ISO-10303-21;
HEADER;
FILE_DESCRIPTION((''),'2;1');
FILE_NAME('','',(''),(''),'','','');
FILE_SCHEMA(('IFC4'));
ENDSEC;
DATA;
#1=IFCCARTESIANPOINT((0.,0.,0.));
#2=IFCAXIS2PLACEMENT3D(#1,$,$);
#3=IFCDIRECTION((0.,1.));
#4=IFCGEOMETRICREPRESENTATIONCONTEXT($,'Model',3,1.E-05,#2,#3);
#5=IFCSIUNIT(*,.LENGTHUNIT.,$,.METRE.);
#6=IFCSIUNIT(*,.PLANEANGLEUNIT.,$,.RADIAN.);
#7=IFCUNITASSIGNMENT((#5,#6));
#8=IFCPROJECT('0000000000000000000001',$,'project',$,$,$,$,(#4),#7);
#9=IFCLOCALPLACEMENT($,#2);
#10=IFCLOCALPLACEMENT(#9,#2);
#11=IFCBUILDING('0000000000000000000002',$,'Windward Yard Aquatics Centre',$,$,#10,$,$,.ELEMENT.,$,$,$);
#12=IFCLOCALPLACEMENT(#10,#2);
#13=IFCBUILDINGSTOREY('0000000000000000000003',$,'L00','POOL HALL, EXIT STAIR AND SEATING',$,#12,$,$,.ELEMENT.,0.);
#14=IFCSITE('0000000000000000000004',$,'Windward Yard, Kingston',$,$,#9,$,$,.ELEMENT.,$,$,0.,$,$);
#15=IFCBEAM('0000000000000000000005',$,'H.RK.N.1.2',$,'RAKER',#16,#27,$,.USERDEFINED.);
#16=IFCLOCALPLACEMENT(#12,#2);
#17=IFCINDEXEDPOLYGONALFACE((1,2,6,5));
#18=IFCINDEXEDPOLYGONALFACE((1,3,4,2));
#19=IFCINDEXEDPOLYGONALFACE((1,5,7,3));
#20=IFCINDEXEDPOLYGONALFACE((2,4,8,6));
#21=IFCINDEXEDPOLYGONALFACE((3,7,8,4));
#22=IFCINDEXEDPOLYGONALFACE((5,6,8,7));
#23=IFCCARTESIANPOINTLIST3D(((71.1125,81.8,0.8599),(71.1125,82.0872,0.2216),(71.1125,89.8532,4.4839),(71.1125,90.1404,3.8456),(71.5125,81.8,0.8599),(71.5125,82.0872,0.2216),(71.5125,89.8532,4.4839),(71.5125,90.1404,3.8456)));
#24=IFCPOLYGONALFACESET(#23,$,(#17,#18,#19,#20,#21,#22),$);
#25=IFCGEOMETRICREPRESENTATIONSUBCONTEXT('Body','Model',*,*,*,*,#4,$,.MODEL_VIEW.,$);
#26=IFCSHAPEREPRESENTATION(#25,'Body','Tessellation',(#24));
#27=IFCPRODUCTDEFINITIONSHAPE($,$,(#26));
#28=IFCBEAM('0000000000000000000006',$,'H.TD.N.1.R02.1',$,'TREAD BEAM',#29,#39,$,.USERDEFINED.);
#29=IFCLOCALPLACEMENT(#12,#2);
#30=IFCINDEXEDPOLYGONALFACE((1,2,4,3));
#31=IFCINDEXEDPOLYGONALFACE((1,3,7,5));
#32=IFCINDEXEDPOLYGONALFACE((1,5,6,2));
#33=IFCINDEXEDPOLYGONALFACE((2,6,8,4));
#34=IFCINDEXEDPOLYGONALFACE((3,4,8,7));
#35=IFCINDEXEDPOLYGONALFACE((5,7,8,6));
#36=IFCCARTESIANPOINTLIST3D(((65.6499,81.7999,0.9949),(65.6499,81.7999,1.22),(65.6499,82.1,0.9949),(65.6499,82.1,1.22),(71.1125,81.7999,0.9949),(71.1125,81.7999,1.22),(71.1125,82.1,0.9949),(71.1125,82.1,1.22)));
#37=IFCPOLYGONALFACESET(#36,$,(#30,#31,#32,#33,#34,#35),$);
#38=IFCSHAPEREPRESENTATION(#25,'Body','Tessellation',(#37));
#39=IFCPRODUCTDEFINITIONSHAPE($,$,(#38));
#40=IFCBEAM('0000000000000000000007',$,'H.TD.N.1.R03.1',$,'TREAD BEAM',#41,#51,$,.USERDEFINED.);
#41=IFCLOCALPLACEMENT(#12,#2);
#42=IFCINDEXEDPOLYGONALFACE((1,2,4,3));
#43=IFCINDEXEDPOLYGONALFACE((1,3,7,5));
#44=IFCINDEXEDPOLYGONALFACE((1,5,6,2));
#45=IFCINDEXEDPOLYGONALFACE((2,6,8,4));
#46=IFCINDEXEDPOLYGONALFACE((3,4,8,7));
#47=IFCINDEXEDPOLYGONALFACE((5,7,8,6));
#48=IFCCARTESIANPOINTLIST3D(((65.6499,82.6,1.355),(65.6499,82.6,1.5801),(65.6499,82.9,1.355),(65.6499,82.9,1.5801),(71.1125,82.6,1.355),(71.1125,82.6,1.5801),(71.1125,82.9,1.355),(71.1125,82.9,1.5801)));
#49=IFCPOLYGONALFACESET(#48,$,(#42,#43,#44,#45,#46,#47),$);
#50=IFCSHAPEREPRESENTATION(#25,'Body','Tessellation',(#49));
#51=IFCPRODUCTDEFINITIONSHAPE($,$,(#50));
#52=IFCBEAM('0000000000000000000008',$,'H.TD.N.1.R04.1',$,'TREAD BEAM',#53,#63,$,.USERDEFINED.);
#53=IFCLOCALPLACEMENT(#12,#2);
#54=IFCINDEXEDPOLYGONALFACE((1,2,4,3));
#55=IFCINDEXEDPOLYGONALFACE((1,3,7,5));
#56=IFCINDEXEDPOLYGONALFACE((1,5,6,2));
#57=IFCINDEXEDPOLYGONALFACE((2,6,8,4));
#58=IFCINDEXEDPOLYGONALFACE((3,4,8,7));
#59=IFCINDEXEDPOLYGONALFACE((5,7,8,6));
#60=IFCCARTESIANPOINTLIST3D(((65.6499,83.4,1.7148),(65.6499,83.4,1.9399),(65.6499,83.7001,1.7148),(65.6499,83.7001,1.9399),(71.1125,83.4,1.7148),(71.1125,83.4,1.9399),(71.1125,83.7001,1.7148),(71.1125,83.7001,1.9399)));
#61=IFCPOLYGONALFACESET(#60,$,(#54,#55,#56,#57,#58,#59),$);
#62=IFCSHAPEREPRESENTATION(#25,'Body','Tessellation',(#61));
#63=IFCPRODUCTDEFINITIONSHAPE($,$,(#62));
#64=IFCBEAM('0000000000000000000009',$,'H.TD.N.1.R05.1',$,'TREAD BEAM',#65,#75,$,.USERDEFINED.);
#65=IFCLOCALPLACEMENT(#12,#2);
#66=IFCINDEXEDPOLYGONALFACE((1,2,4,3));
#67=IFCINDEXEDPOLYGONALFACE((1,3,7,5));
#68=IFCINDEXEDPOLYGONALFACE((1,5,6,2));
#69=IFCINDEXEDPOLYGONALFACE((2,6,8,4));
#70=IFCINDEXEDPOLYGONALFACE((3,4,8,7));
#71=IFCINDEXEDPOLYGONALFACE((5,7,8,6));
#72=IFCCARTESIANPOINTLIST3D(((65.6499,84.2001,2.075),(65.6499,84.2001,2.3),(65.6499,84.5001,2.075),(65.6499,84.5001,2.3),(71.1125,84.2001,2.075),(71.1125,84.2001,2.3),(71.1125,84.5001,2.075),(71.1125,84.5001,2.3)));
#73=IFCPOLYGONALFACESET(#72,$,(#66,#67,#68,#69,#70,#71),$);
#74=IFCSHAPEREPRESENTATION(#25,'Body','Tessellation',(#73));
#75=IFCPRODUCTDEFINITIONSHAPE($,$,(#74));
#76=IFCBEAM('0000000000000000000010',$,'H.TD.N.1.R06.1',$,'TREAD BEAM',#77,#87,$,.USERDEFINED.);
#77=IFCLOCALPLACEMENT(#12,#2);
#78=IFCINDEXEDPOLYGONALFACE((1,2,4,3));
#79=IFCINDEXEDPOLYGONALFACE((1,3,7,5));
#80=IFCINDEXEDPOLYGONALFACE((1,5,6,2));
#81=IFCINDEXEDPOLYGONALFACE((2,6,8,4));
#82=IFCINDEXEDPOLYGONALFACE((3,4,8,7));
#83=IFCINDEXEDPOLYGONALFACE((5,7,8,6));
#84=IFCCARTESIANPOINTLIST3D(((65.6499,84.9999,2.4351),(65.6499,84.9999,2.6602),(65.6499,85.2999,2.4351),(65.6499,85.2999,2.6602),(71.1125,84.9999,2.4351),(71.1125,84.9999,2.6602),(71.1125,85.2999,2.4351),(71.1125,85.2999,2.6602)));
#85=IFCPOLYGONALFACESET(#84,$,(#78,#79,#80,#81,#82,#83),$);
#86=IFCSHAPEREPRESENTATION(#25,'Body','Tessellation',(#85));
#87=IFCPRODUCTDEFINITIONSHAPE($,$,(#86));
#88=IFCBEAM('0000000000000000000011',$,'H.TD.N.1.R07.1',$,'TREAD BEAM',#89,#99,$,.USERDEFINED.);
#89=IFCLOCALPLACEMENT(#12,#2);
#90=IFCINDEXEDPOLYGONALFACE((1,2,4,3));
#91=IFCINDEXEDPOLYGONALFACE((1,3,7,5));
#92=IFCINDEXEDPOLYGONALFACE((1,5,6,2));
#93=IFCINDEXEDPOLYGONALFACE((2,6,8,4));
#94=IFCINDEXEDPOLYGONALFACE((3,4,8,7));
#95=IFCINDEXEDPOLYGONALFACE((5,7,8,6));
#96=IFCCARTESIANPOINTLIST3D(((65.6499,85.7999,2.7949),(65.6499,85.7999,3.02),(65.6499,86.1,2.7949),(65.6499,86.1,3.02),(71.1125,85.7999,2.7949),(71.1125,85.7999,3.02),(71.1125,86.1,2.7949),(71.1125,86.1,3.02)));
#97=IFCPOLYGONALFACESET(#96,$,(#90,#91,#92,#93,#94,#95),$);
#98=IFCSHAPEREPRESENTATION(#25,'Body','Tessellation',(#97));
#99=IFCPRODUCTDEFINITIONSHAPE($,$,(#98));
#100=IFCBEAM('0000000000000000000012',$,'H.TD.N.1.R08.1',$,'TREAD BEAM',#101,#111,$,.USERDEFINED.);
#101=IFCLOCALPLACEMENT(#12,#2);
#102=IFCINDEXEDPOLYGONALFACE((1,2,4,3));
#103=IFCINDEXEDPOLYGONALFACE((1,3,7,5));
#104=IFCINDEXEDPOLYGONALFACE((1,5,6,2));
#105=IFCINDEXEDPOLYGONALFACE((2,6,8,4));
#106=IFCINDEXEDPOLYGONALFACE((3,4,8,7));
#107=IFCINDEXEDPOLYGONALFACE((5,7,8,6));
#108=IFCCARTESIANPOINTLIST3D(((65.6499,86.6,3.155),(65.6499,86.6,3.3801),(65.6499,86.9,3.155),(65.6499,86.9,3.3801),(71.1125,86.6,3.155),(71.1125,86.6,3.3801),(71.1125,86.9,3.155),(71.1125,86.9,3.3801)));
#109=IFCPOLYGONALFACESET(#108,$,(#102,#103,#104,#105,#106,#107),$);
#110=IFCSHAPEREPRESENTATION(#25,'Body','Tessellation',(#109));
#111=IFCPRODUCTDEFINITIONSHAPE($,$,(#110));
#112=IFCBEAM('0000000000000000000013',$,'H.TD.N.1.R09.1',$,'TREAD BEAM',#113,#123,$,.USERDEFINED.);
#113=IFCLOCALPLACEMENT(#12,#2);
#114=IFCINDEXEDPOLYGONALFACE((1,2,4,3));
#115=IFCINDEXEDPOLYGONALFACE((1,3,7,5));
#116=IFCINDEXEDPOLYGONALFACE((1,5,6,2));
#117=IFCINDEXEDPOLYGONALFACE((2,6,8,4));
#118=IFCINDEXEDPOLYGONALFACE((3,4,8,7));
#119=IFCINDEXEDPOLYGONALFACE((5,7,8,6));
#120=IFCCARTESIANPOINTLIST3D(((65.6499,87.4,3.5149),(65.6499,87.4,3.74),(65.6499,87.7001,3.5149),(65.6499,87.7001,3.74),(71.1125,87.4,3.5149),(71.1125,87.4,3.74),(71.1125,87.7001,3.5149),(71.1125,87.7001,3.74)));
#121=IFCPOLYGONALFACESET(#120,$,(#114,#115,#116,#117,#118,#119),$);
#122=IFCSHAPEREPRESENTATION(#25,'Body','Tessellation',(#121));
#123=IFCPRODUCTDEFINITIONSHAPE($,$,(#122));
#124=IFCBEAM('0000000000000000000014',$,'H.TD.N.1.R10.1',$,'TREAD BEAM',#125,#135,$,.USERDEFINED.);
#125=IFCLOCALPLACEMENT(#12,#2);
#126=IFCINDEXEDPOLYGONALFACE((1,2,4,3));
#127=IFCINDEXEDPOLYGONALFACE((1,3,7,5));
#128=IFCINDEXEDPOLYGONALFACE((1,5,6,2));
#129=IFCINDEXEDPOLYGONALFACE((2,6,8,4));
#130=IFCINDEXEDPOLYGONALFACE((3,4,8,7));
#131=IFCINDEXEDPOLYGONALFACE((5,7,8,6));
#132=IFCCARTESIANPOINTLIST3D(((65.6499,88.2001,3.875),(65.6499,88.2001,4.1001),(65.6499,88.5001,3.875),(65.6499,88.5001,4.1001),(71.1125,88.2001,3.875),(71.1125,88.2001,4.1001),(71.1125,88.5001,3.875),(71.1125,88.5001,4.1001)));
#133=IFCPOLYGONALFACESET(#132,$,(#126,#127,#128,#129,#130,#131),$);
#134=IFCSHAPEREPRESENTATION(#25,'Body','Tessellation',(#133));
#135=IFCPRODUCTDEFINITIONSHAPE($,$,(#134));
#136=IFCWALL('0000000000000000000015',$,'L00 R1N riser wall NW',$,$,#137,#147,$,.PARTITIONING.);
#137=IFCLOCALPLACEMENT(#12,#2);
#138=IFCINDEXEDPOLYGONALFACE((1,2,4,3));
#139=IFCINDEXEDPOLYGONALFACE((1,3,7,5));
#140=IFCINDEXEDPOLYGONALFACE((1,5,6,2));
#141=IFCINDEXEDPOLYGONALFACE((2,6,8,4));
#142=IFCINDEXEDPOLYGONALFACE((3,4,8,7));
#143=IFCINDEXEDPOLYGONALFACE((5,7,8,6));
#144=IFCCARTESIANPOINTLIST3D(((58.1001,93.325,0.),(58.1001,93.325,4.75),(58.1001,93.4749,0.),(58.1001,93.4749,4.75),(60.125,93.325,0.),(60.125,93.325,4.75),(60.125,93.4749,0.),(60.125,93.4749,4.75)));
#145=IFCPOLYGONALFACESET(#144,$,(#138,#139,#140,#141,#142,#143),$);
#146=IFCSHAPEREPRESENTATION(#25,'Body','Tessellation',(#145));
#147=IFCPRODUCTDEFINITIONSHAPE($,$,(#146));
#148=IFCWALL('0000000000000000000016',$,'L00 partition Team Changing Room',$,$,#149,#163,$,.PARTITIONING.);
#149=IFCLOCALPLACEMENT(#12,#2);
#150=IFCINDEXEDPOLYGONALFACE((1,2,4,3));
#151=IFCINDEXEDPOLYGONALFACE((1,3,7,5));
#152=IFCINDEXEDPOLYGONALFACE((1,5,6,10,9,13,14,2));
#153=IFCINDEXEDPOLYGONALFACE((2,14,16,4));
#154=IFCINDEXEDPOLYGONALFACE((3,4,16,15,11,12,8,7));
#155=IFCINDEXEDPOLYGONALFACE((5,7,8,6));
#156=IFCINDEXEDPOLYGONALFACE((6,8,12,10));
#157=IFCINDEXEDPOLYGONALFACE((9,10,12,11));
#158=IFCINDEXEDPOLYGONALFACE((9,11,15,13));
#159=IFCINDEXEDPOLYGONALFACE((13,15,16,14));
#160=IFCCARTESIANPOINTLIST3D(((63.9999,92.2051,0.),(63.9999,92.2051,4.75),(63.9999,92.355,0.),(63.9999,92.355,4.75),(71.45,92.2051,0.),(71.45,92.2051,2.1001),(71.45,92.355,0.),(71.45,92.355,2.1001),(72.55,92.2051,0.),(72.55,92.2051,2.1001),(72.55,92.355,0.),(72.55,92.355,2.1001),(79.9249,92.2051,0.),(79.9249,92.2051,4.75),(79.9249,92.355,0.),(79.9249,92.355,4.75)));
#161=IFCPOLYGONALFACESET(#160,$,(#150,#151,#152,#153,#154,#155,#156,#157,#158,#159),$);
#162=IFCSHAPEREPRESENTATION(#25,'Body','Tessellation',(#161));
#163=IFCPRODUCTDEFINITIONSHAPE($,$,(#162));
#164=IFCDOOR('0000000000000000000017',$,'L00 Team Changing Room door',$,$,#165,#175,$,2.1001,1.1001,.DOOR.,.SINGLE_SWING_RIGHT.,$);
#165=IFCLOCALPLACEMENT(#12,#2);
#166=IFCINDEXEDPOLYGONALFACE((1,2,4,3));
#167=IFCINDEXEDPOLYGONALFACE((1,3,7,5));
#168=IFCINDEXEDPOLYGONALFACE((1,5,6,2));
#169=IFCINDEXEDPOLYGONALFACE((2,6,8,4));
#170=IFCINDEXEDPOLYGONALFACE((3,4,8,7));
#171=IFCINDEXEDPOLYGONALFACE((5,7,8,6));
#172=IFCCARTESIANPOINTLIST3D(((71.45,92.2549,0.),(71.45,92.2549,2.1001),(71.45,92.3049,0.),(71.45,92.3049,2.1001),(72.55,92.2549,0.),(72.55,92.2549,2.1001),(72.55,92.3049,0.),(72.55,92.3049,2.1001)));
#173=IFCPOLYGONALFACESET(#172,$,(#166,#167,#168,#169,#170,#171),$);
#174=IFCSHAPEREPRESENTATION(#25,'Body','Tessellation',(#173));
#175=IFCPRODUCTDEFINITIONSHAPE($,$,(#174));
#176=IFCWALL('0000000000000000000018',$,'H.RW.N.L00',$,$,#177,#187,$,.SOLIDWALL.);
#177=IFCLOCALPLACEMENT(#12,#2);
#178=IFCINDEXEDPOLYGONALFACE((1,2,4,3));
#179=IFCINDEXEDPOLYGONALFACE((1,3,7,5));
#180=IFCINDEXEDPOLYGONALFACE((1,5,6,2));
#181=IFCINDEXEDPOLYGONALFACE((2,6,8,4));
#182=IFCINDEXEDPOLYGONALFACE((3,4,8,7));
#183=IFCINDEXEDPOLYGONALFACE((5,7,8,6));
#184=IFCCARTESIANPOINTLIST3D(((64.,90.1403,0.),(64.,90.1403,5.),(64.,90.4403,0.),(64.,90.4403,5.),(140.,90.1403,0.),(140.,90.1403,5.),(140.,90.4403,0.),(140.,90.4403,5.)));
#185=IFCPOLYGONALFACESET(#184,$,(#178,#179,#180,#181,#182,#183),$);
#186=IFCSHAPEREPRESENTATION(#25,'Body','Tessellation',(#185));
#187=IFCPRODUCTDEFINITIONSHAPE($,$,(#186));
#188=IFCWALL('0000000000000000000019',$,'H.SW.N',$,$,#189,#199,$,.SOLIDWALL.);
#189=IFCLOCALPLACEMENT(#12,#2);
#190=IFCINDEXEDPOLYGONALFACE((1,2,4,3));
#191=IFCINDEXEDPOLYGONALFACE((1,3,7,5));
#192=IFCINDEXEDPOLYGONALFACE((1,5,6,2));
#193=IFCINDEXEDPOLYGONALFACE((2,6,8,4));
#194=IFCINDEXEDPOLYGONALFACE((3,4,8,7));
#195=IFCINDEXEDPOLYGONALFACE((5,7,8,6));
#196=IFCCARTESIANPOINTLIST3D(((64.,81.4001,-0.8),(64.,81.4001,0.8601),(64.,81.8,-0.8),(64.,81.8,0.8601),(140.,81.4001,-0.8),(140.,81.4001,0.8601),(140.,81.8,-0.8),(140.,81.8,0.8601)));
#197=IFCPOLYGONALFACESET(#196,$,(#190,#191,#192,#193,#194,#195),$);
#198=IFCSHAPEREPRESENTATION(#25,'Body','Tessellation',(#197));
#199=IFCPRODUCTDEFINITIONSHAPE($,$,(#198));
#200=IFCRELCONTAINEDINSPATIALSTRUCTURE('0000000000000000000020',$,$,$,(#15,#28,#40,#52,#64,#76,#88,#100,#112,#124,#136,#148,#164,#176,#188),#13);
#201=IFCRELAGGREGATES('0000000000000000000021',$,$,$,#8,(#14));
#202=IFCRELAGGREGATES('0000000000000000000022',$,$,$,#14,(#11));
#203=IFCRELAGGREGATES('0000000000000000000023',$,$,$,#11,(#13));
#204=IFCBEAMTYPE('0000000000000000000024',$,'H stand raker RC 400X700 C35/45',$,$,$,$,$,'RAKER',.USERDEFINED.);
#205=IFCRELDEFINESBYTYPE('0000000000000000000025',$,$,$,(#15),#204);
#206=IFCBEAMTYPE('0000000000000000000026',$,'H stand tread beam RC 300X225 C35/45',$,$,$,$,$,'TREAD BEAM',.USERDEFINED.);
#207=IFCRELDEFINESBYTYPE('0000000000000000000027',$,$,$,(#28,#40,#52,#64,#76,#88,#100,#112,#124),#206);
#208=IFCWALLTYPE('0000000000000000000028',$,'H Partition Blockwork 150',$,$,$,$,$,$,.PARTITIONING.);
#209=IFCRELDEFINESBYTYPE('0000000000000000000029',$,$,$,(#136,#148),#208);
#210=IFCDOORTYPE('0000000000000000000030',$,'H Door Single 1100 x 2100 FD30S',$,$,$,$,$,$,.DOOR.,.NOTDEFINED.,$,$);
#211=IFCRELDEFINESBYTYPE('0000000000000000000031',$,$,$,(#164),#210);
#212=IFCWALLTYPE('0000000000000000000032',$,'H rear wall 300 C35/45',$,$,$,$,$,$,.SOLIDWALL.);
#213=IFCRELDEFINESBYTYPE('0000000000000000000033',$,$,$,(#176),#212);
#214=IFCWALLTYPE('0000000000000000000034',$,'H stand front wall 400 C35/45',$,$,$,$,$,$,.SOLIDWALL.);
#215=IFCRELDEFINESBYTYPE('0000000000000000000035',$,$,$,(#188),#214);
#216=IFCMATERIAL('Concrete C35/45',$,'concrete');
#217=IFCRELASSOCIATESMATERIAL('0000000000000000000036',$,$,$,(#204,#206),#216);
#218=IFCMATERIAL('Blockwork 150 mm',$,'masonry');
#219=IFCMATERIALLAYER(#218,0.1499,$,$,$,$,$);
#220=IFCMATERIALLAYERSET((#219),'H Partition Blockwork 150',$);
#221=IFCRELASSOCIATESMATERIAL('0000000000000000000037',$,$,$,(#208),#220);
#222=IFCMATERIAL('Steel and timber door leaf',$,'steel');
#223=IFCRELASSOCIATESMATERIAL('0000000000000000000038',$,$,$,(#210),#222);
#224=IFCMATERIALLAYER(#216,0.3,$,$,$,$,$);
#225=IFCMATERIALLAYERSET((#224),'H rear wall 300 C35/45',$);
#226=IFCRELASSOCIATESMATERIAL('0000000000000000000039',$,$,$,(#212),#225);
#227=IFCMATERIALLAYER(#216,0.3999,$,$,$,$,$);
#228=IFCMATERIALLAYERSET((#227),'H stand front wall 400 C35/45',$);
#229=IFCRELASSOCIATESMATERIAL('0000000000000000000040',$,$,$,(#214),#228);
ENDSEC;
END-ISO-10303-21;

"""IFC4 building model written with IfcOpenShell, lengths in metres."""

from ifc_helpers import new_model, si_unit, direction, frame, frame_2d, origin, origin_2d, place, context, subcontext, project, spatial, rectangle, extrude, material, layer, layer_set, material_profile, profile_set, type_object, element, fill, save


model = new_model("IFC4")

# Units and contexts
model_context = context("Model", 3, precision=1e-05, world=origin(), true_north=direction((0.0, 1.0)))
body_context = subcontext(model_context, "Body", "Model", "MODEL_VIEW")
ifc_project = project(units=[si_unit("LENGTHUNIT", "METRE"), si_unit("PLANEANGLEUNIT", "RADIAN")], contexts=[model_context])

# Site, building, storey
site_placement = place(None, origin())
site = spatial("IfcSite", under=ifc_project, at=site_placement, Name="Windward Yard, Kingston", CompositionType="ELEMENT", RefElevation=0.0)
building_placement = place(site_placement, origin())
building = spatial("IfcBuilding", under=site, at=building_placement, Name="Windward Yard Aquatics Centre", CompositionType="ELEMENT")
storey_placement = place(building_placement, origin())
storey = spatial("IfcBuildingStorey", under=building, at=storey_placement, Name="L00", Description="POOL HALL, EXIT STAIR AND SEATING", CompositionType="ELEMENT", Elevation=0.0)

# Shared definitions
ifc_material_1 = material(Name="Concrete C35/45", Category="concrete")

# Beams
ifc_material_profile_1 = material_profile(ifc_material_1, rectangle(XDim=0.3999, YDim=0.7, at=origin_2d()), Name="RC 400X700")
ifc_profile_set_1 = profile_set([ifc_material_profile_1], Name="Concrete C35/45")
beam_type_1 = type_object("IfcBeamType", Name="H stand raker RC 400X700 C35/45", ElementType="RAKER", PredefinedType="USERDEFINED", material=ifc_profile_set_1)
for number, where, z_axis, x_axis, name in (
    (1, (71.3125, 81.9436, 0.5408), (0.0, 0.911918, 0.410372), (-1.0, 0.0, 0.0), "H.RK.N.1.2"),
):
    element("IfcBeam", number, at=place(storey_placement, frame(where, z_axis=z_axis, x_axis=x_axis)), inside=storey, type_object=beam_type_1, Name=name, ObjectType="RAKER", PredefinedType="USERDEFINED", context=body_context, shape_type="SweptSolid", body=[
        extrude(rectangle(XDim=0.3999, YDim=0.7, at=origin_2d()), origin(), (0.0, 0.0, 1.0), 8.8311),
    ])
ifc_material_profile_2 = material_profile(ifc_material_1, rectangle(XDim=0.3, YDim=0.2251, at=origin_2d()), Name="RC 300X225")
ifc_profile_set_2 = profile_set([ifc_material_profile_2], Name="Concrete C35/45")
beam_type_2 = type_object("IfcBeamType", Name="H stand tread beam RC 300X225 C35/45", ElementType="TREAD BEAM", PredefinedType="USERDEFINED", material=ifc_profile_set_2)
for number, where, z_axis, x_axis, name in (
    (2, (65.6499, 81.95, 1.1074), (1.0, 0.0, 0.0), (0.0, 1.0, 0.0), "H.TD.N.1.R02.1"),
    (3, (65.6499, 82.75, 1.4675), (1.0, 0.0, 0.0), (0.0, 1.0, 0.0), "H.TD.N.1.R03.1"),
    (4, (65.6499, 83.55, 1.8274), (1.0, 0.0, 0.0), (0.0, 1.0, 0.0), "H.TD.N.1.R04.1"),
    (5, (65.6499, 84.3501, 2.1875), (1.0, 0.0, 0.0), (0.0, 1.0, 0.0), "H.TD.N.1.R05.1"),
    (6, (65.6499, 85.1499, 2.5476), (1.0, 0.0, 0.0), (0.0, 1.0, 0.0), "H.TD.N.1.R06.1"),
    (7, (65.6499, 85.95, 2.9075), (1.0, 0.0, 0.0), (0.0, 1.0, 0.0), "H.TD.N.1.R07.1"),
    (8, (65.6499, 86.75, 3.2676), (1.0, 0.0, 0.0), (0.0, 1.0, 0.0), "H.TD.N.1.R08.1"),
    (9, (65.6499, 87.55, 3.6274), (1.0, 0.0, 0.0), (0.0, 1.0, 0.0), "H.TD.N.1.R09.1"),
    (10, (65.6499, 88.3501, 3.9875), (1.0, 0.0, 0.0), (0.0, 1.0, 0.0), "H.TD.N.1.R10.1"),
):
    element("IfcBeam", number, at=place(storey_placement, frame(where, z_axis=z_axis, x_axis=x_axis)), inside=storey, type_object=beam_type_2, Name=name, ObjectType="TREAD BEAM", PredefinedType="USERDEFINED", context=body_context, shape_type="SweptSolid", body=[
        extrude(rectangle(XDim=0.3, YDim=0.2251, at=origin_2d()), origin(), (0.0, 0.0, 1.0), 5.4626),
    ])

# Wall
ifc_material_2 = material(Name="Blockwork 150 mm", Category="masonry")
ifc_layer_1 = layer(ifc_material_2, 0.1499)
ifc_layer_set_1 = layer_set([ifc_layer_1], Name="H Partition Blockwork 150")
wall_type_1 = type_object("IfcWallType", Name="H Partition Blockwork 150", PredefinedType="PARTITIONING", material=ifc_layer_set_1)
wall_1_placement = place(storey_placement, frame((58.1001, 93.3999, 0.0), z_axis=(0.0, 0.0, 1.0), x_axis=(1.0, 0.0, 0.0)))
element("IfcWall", 11, at=wall_1_placement, inside=storey, type_object=wall_type_1, Name="L00 R1N riser wall NW", PredefinedType="PARTITIONING", context=body_context, shape_type="SweptSolid", body=[
    extrude(rectangle(XDim=2.0249, YDim=0.1499, at=frame_2d((1.0125, 0.0))), origin(), (0.0, 0.0, 1.0), 4.75),
])

# Wall, opening, door
wall_2_placement = place(storey_placement, frame((64.0, 92.28, 0.0), z_axis=(0.0, 0.0, 1.0), x_axis=(1.0, 0.0, 0.0)))
wall_2 = element("IfcWall", 12, at=wall_2_placement, inside=storey, type_object=wall_type_1, Name="L00 partition Team Changing Room", PredefinedType="PARTITIONING", context=body_context, shape_type="SweptSolid", body=[
    extrude(rectangle(XDim=15.925, YDim=0.1499, at=frame_2d((7.9624, 0.0))), origin(), (0.0, 0.0, 1.0), 4.75),
])
opening_placement = place(wall_2_placement, frame((7.45, 0.0, 0.0)))
opening = element("IfcOpeningElement", 13, at=opening_placement, cuts=wall_2, PredefinedType="OPENING", context=body_context, shape_type="SweptSolid", body=[
    extrude(rectangle(XDim=1.1001, YDim=2.1001, at=frame_2d((0.55, 1.05))), frame((0.0, 0.085, 0.0), z_axis=(0.0, -1.0, 0.0), x_axis=(1.0, 0.0, 0.0)), (0.0, 0.0, 1.0), 0.1699),
])
ifc_material_3 = material(Name="Steel and timber door leaf", Category="steel")
door_type = type_object("IfcDoorType", Name="H Door Single 1100 x 2100 FD30S", OperationType="NOTDEFINED", PredefinedType="DOOR", material=ifc_material_3)
door_placement = place(opening_placement, origin())
door = element("IfcDoor", 14, at=door_placement, inside=storey, type_object=door_type, Name="L00 Team Changing Room door", OperationType="SINGLE_SWING_RIGHT", OverallHeight=2.1001, OverallWidth=1.1001, PredefinedType="DOOR", context=body_context, shape_type="SweptSolid", body=[
    extrude(rectangle(XDim=1.1001, YDim=2.1001, at=frame_2d((0.55, 1.05))), frame((0.0, 0.0249, 0.0), z_axis=(0.0, -1.0, 0.0), x_axis=(1.0, 0.0, 0.0)), (0.0, 0.0, 1.0), 0.05),
])
fill(opening, door)

# Walls
ifc_layer_2 = layer(ifc_material_1, 0.3)
ifc_layer_set_2 = layer_set([ifc_layer_2], Name="H rear wall 300 C35/45")
wall_type_2 = type_object("IfcWallType", Name="H rear wall 300 C35/45", PredefinedType="SOLIDWALL", material=ifc_layer_set_2)
wall_3_placement = place(storey_placement, frame((64.0, 90.2903, 0.0), z_axis=(0.0, 0.0, 1.0), x_axis=(1.0, 0.0, 0.0)))
element("IfcWall", 15, at=wall_3_placement, inside=storey, type_object=wall_type_2, Name="H.RW.N.L00", PredefinedType="SOLIDWALL", context=body_context, shape_type="SweptSolid", body=[
    extrude(rectangle(XDim=76.0, YDim=0.3, at=frame_2d((38.0, 0.0))), origin(), (0.0, 0.0, 1.0), 5.0),
])
ifc_layer_3 = layer(ifc_material_1, 0.3999)
ifc_layer_set_3 = layer_set([ifc_layer_3], Name="H stand front wall 400 C35/45")
wall_type_3 = type_object("IfcWallType", Name="H stand front wall 400 C35/45", PredefinedType="SOLIDWALL", material=ifc_layer_set_3)
wall_4_placement = place(storey_placement, frame((64.0, 81.6001, -0.8), z_axis=(0.0, 0.0, 1.0), x_axis=(1.0, 0.0, 0.0)))
element("IfcWall", 16, at=wall_4_placement, inside=storey, type_object=wall_type_3, Name="H.SW.N", PredefinedType="SOLIDWALL", context=body_context, shape_type="SweptSolid", body=[
    extrude(rectangle(XDim=76.0, YDim=0.3999, at=frame_2d((38.0, 0.0))), origin(), (0.0, 0.0, 1.0), 1.6602),
])

save(model, "model.ifc")
